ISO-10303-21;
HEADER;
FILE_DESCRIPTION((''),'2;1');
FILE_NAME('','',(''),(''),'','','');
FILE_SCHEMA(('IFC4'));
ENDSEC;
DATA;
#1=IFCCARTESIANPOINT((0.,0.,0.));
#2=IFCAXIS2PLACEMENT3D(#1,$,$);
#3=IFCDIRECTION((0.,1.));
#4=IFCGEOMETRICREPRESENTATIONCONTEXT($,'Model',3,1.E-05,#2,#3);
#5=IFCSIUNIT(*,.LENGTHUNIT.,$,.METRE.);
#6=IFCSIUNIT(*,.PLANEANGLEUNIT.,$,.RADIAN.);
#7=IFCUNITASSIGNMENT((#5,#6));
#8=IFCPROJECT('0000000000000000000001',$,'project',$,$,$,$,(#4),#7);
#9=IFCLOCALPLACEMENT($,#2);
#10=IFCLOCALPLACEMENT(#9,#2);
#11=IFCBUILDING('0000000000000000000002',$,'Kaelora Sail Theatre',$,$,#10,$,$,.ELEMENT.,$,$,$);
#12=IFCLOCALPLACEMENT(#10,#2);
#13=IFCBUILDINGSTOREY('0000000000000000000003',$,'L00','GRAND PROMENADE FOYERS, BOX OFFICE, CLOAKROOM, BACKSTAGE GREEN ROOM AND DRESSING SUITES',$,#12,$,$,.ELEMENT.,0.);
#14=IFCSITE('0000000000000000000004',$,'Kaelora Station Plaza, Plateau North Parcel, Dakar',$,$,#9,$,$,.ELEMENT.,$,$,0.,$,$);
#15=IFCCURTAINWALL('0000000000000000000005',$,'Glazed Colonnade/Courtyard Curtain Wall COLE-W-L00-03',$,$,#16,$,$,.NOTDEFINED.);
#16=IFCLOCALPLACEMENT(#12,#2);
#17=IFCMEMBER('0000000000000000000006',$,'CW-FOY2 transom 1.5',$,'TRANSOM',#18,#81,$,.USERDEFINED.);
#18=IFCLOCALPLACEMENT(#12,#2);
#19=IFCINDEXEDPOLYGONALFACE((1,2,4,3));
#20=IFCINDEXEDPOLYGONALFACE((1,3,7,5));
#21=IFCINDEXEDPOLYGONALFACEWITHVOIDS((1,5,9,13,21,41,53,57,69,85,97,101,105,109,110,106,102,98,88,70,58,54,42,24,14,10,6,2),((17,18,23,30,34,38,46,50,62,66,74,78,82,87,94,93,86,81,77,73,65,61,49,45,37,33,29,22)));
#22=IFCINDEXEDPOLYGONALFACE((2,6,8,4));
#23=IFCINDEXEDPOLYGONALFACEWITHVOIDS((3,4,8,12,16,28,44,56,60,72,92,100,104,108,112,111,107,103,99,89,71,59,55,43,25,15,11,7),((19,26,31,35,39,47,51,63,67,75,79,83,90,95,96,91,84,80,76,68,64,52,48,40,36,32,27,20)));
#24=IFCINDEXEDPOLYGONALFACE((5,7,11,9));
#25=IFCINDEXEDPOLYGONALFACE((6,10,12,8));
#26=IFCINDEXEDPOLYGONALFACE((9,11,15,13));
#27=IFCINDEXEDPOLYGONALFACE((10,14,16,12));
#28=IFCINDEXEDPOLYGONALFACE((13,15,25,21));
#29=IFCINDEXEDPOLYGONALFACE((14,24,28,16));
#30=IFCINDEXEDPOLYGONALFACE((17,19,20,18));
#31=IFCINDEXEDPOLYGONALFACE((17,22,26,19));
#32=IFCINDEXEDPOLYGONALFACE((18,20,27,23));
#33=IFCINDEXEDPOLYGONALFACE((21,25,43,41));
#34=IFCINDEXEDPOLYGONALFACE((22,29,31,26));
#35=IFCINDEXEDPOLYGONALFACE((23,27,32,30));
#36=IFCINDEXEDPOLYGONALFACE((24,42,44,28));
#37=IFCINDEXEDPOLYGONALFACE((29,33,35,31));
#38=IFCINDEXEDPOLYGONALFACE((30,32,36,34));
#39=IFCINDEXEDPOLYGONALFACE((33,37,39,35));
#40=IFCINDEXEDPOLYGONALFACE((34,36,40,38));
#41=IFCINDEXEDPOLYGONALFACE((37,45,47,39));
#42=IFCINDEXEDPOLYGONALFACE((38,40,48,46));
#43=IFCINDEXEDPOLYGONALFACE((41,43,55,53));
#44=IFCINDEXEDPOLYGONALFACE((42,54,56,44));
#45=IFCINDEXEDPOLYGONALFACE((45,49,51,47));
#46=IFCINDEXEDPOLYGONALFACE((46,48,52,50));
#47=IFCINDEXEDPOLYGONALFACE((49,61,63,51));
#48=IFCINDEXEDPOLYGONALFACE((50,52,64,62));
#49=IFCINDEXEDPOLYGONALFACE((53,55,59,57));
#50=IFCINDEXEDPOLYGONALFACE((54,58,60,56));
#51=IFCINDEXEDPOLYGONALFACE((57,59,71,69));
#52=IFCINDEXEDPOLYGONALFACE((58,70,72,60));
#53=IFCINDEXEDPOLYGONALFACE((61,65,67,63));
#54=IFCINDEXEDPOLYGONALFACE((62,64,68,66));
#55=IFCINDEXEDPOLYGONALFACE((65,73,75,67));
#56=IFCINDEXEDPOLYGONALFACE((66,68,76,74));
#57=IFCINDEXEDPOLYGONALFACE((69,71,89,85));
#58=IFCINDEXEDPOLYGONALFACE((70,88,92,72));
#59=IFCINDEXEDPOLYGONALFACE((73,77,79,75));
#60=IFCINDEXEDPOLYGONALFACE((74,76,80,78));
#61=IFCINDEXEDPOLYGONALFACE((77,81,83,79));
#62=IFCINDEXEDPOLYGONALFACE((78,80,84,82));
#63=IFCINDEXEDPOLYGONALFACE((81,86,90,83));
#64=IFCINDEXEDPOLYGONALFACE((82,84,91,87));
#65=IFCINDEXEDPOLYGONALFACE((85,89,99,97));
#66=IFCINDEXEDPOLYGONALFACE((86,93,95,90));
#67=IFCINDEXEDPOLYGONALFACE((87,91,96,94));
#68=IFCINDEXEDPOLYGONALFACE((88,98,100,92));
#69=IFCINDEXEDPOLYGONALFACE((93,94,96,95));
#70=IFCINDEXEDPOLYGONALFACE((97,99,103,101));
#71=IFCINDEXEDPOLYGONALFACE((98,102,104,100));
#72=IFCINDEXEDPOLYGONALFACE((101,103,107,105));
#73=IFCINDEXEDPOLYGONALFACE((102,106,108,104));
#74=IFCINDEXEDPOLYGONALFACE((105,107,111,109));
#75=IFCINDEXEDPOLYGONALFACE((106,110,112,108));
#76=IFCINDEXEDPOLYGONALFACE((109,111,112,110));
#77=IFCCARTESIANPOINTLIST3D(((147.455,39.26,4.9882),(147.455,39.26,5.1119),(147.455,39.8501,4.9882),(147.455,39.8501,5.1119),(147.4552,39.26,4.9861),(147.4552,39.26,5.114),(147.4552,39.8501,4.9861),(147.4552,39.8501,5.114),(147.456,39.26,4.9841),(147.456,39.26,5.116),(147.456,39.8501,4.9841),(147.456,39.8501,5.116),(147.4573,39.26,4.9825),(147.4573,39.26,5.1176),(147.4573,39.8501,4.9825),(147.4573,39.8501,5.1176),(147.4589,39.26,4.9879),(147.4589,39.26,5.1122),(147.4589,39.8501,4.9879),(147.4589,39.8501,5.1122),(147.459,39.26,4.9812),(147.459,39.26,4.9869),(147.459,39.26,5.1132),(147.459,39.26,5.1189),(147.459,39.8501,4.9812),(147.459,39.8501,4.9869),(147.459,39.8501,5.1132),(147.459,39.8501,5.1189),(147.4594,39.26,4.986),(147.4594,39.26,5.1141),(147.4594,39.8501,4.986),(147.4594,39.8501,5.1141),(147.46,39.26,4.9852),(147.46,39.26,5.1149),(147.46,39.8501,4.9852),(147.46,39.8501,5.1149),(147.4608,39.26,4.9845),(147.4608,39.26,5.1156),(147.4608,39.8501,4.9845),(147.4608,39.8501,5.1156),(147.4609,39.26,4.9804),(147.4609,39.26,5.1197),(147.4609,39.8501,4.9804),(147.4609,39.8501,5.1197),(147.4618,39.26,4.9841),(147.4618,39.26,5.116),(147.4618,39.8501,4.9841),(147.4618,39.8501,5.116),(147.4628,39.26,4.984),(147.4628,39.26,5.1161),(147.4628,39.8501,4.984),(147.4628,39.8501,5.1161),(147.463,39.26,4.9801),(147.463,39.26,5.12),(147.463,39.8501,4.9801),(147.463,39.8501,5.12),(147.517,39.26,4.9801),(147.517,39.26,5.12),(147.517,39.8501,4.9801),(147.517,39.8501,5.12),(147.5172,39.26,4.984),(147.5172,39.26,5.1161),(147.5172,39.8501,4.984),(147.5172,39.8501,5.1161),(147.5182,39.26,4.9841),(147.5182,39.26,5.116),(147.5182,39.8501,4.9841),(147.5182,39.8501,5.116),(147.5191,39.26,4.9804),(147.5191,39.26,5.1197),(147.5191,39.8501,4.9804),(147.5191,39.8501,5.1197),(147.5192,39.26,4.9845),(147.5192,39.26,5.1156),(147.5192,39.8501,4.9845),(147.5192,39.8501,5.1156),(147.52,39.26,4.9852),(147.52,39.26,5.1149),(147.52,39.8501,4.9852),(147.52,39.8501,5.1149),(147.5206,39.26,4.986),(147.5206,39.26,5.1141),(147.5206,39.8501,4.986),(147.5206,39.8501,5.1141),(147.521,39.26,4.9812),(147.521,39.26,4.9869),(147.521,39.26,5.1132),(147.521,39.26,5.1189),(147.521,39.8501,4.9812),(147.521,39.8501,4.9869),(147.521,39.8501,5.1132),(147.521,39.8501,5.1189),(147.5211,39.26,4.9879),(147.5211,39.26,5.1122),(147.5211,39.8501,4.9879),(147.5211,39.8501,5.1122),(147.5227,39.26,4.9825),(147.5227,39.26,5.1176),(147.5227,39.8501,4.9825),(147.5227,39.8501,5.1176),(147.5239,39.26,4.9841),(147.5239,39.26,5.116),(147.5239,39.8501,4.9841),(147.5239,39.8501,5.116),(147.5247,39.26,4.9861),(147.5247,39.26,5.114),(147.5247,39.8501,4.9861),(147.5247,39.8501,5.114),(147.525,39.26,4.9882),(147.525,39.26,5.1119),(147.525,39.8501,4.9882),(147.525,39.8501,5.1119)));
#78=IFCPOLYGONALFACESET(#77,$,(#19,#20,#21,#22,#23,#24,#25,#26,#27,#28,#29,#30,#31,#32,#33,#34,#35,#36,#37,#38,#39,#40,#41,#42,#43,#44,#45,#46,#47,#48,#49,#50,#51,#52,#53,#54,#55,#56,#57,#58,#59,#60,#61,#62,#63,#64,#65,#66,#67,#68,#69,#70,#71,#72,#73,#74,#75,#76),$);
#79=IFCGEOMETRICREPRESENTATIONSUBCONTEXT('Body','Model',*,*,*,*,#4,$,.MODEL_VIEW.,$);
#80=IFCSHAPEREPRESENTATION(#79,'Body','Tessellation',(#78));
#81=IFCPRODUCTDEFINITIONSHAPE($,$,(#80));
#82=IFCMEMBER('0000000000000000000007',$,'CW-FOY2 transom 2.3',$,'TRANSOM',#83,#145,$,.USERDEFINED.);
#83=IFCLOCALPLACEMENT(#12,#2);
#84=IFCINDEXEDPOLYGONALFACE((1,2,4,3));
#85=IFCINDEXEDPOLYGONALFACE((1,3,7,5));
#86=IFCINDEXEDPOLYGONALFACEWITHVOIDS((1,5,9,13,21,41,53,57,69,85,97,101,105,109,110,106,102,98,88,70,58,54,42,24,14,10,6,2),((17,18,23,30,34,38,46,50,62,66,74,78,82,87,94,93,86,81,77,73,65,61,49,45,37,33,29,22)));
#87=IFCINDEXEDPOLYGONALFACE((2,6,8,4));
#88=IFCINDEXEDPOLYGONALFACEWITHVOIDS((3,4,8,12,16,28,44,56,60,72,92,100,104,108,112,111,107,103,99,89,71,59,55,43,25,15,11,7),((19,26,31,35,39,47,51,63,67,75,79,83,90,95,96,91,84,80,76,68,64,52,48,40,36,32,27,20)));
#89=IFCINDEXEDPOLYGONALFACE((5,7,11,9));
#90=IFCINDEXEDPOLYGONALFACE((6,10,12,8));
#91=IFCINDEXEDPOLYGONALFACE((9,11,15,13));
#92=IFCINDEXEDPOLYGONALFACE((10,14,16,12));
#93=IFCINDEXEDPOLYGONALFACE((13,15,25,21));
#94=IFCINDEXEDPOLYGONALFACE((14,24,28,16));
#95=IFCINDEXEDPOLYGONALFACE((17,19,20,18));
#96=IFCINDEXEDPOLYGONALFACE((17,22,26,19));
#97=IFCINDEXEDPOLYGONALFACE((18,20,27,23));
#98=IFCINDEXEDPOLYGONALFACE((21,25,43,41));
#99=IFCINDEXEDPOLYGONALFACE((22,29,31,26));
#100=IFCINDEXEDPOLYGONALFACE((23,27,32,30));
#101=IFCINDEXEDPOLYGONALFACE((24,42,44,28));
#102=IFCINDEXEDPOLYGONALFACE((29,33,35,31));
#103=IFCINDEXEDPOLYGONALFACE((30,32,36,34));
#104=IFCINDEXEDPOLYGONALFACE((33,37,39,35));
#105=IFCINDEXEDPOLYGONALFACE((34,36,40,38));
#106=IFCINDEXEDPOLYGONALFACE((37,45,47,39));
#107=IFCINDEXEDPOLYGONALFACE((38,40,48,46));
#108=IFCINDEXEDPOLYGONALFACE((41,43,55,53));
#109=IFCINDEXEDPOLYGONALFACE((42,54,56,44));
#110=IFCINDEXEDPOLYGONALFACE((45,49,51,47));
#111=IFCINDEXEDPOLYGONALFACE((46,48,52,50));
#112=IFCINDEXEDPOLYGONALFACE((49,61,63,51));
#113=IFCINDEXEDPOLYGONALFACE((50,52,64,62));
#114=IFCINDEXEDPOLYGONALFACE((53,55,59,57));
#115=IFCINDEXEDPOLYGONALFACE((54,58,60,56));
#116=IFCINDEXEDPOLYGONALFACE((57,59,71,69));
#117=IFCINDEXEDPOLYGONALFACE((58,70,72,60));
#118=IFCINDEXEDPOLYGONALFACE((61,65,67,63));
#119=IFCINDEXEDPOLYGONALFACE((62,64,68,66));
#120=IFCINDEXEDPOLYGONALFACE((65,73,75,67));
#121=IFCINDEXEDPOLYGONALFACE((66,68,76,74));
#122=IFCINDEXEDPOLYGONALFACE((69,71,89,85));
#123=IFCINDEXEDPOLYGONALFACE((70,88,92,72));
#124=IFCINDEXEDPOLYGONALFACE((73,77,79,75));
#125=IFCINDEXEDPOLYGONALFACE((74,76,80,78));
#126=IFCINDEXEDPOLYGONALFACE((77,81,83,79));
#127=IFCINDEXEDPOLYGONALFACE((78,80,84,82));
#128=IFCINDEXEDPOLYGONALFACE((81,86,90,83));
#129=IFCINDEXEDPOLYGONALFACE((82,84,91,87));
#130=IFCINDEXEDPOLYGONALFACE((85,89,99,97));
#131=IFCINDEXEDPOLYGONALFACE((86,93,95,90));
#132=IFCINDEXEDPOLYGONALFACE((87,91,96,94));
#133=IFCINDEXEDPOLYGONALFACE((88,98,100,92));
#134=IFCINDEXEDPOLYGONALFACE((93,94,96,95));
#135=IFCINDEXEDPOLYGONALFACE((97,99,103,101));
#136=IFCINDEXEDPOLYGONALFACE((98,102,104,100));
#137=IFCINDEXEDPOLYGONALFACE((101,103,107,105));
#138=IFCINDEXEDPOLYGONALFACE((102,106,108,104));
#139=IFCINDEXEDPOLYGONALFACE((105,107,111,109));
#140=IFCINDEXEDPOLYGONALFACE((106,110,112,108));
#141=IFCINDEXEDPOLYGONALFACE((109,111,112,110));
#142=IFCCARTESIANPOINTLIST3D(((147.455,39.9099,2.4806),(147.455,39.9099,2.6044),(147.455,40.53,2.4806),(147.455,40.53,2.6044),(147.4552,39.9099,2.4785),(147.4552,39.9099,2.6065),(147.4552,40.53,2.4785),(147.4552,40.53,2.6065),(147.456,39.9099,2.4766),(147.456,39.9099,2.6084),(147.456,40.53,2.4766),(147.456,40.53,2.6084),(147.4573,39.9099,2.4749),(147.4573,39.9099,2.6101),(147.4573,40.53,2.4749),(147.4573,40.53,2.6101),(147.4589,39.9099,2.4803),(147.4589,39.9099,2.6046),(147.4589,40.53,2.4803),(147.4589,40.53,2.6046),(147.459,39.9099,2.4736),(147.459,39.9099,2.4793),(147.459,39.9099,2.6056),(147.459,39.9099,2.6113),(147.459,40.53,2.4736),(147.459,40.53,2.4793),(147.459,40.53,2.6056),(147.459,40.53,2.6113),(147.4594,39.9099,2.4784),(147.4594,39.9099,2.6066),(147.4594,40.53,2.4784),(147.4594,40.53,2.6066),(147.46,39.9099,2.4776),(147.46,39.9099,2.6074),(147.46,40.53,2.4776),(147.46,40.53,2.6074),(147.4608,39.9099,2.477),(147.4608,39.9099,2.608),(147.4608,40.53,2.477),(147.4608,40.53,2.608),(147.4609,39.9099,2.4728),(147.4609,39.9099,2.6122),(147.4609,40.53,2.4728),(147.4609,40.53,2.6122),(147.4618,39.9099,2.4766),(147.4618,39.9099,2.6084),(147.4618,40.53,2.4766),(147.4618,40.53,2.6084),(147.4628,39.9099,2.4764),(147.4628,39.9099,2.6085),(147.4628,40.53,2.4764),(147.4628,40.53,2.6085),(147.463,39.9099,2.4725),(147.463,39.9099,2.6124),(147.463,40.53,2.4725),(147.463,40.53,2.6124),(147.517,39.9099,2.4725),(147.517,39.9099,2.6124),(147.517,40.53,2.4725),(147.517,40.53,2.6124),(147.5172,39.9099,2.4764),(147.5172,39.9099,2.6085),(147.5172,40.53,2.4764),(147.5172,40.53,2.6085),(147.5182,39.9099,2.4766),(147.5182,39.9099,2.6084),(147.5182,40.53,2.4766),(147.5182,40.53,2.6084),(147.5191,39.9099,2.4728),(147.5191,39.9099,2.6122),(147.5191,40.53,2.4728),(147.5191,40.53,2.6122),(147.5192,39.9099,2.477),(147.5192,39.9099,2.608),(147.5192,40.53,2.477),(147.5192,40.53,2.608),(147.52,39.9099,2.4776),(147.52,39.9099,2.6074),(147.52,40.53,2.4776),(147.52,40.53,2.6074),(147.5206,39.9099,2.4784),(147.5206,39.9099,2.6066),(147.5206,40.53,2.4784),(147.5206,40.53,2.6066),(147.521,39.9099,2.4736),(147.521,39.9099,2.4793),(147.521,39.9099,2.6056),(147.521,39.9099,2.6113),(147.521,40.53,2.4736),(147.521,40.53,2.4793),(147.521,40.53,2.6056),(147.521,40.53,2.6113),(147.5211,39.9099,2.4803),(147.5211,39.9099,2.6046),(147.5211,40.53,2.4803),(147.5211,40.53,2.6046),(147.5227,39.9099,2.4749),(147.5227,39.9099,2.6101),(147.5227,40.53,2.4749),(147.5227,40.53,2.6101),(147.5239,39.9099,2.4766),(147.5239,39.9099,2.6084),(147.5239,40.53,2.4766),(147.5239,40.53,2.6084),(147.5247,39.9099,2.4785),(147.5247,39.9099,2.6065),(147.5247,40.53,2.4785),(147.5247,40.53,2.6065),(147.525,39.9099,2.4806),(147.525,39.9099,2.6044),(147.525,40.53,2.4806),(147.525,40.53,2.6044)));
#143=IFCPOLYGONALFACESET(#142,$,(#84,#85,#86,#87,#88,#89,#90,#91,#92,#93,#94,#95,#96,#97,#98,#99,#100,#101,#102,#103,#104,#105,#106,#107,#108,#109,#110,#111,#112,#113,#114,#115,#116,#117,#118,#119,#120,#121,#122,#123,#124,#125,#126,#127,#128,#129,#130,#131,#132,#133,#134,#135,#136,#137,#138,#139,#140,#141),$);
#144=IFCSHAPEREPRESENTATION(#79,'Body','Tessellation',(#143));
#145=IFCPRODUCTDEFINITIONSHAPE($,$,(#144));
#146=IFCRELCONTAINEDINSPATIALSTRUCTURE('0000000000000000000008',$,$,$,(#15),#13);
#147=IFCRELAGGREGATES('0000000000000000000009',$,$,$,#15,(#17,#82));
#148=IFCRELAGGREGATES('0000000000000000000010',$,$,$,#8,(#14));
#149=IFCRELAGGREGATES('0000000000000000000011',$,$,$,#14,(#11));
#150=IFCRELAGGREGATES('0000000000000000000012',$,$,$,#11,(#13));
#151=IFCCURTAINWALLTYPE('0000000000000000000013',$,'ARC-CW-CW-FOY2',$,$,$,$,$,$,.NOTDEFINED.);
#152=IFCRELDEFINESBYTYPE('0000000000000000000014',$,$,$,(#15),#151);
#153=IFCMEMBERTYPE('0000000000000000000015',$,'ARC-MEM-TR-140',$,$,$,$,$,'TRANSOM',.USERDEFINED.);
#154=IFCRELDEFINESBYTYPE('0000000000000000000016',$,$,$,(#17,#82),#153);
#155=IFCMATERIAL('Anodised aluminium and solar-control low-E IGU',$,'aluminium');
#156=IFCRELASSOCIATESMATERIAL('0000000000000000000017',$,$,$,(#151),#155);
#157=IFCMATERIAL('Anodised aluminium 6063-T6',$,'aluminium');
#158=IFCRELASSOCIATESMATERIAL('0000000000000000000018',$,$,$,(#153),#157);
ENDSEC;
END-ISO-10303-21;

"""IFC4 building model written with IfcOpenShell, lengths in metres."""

from ifc_helpers import new_model, si_unit, direction, frame, origin, origin_2d, place, context, subcontext, project, spatial, hollow_rectangle, extrude, material, material_profile, profile_set, type_object, element, aggregate, save


model = new_model("IFC4")

# Units and contexts
model_context = context("Model", 3, precision=1e-05, world=origin(), true_north=direction((0.0, 1.0)))
body_context = subcontext(model_context, "Body", "Model", "MODEL_VIEW")
ifc_project = project(units=[si_unit("LENGTHUNIT", "METRE"), si_unit("PLANEANGLEUNIT", "RADIAN")], contexts=[model_context])

# Site, building, storey
site_placement = place(None, origin())
site = spatial("IfcSite", under=ifc_project, at=site_placement, Name="Kaelora Station Plaza, Plateau North Parcel, Dakar", CompositionType="ELEMENT", RefElevation=0.0)
building_placement = place(site_placement, origin())
building = spatial("IfcBuilding", under=site, at=building_placement, Name="Kaelora Sail Theatre", CompositionType="ELEMENT")
storey_placement = place(building_placement, origin())
storey = spatial("IfcBuildingStorey", under=building, at=storey_placement, Name="L00", Description="GRAND PROMENADE FOYERS, BOX OFFICE, CLOAKROOM, BACKSTAGE GREEN ROOM AND DRESSING SUITES", CompositionType="ELEMENT", Elevation=0.0)

# Curtain wall, members
ifc_material_1 = material(Name="Anodised aluminium and solar-control low-E IGU", Category="aluminium")
curtain_wall_type = type_object("IfcCurtainWallType", Name="ARC-CW-CW-FOY2", PredefinedType="NOTDEFINED", material=ifc_material_1)
ifc_material_2 = material(Name="Anodised aluminium 6063-T6", Category="aluminium")
ifc_material_profile_1 = material_profile(ifc_material_2, hollow_rectangle(XDim=0.0701, YDim=0.1399, WallThickness=0.0039, InnerFilletRadius=0.0039, OuterFilletRadius=0.0081, at=origin_2d()), Name="ALU-TRAN 70x140x4")
ifc_profile_set_1 = profile_set([ifc_material_profile_1], Name="Anodised aluminium 6063-T6")
member_type_1 = type_object("IfcMemberType", Name="ARC-MEM-TR-140", ElementType="TRANSOM", PredefinedType="USERDEFINED", material=ifc_profile_set_1)
curtain_wall_1_placement = place(storey_placement, origin())
curtain_wall_1 = element("IfcCurtainWall", 1, at=curtain_wall_1_placement, inside=storey, type_object=curtain_wall_type, Name="Glazed Colonnade/Courtyard Curtain Wall COLE-W-L00-03", PredefinedType="NOTDEFINED")
member_1_placement = place(storey_placement, frame((147.49, 39.26, 5.05), z_axis=(0.0, 1.0, 0.0), x_axis=(-1.0, 0.0, 0.0)))
member_1 = element("IfcMember", 2, at=member_1_placement, type_object=member_type_1, Name="CW-FOY2 transom 1.5", ObjectType="TRANSOM", PredefinedType="USERDEFINED", context=body_context, shape_type="SweptSolid", body=[
    extrude(hollow_rectangle(XDim=0.0701, YDim=0.1399, WallThickness=0.0039, InnerFilletRadius=0.0039, OuterFilletRadius=0.0081, at=origin_2d()), origin(), (0.0, 0.0, 1.0), 0.5901),
])
member_2_placement = place(storey_placement, frame((147.49, 39.9099, 2.5425), z_axis=(0.0, 1.0, 0.0), x_axis=(-1.0, 0.0, 0.0)))
member_2 = element("IfcMember", 3, at=member_2_placement, type_object=member_type_1, Name="CW-FOY2 transom 2.3", ObjectType="TRANSOM", PredefinedType="USERDEFINED", context=body_context, shape_type="SweptSolid", body=[
    extrude(hollow_rectangle(XDim=0.0701, YDim=0.1399, WallThickness=0.0039, InnerFilletRadius=0.0039, OuterFilletRadius=0.0081, at=origin_2d()), origin(), (0.0, 0.0, 1.0), 0.6201),
])

aggregate(curtain_wall_1, [member_1, member_2])

save(model, "model.ifc")
